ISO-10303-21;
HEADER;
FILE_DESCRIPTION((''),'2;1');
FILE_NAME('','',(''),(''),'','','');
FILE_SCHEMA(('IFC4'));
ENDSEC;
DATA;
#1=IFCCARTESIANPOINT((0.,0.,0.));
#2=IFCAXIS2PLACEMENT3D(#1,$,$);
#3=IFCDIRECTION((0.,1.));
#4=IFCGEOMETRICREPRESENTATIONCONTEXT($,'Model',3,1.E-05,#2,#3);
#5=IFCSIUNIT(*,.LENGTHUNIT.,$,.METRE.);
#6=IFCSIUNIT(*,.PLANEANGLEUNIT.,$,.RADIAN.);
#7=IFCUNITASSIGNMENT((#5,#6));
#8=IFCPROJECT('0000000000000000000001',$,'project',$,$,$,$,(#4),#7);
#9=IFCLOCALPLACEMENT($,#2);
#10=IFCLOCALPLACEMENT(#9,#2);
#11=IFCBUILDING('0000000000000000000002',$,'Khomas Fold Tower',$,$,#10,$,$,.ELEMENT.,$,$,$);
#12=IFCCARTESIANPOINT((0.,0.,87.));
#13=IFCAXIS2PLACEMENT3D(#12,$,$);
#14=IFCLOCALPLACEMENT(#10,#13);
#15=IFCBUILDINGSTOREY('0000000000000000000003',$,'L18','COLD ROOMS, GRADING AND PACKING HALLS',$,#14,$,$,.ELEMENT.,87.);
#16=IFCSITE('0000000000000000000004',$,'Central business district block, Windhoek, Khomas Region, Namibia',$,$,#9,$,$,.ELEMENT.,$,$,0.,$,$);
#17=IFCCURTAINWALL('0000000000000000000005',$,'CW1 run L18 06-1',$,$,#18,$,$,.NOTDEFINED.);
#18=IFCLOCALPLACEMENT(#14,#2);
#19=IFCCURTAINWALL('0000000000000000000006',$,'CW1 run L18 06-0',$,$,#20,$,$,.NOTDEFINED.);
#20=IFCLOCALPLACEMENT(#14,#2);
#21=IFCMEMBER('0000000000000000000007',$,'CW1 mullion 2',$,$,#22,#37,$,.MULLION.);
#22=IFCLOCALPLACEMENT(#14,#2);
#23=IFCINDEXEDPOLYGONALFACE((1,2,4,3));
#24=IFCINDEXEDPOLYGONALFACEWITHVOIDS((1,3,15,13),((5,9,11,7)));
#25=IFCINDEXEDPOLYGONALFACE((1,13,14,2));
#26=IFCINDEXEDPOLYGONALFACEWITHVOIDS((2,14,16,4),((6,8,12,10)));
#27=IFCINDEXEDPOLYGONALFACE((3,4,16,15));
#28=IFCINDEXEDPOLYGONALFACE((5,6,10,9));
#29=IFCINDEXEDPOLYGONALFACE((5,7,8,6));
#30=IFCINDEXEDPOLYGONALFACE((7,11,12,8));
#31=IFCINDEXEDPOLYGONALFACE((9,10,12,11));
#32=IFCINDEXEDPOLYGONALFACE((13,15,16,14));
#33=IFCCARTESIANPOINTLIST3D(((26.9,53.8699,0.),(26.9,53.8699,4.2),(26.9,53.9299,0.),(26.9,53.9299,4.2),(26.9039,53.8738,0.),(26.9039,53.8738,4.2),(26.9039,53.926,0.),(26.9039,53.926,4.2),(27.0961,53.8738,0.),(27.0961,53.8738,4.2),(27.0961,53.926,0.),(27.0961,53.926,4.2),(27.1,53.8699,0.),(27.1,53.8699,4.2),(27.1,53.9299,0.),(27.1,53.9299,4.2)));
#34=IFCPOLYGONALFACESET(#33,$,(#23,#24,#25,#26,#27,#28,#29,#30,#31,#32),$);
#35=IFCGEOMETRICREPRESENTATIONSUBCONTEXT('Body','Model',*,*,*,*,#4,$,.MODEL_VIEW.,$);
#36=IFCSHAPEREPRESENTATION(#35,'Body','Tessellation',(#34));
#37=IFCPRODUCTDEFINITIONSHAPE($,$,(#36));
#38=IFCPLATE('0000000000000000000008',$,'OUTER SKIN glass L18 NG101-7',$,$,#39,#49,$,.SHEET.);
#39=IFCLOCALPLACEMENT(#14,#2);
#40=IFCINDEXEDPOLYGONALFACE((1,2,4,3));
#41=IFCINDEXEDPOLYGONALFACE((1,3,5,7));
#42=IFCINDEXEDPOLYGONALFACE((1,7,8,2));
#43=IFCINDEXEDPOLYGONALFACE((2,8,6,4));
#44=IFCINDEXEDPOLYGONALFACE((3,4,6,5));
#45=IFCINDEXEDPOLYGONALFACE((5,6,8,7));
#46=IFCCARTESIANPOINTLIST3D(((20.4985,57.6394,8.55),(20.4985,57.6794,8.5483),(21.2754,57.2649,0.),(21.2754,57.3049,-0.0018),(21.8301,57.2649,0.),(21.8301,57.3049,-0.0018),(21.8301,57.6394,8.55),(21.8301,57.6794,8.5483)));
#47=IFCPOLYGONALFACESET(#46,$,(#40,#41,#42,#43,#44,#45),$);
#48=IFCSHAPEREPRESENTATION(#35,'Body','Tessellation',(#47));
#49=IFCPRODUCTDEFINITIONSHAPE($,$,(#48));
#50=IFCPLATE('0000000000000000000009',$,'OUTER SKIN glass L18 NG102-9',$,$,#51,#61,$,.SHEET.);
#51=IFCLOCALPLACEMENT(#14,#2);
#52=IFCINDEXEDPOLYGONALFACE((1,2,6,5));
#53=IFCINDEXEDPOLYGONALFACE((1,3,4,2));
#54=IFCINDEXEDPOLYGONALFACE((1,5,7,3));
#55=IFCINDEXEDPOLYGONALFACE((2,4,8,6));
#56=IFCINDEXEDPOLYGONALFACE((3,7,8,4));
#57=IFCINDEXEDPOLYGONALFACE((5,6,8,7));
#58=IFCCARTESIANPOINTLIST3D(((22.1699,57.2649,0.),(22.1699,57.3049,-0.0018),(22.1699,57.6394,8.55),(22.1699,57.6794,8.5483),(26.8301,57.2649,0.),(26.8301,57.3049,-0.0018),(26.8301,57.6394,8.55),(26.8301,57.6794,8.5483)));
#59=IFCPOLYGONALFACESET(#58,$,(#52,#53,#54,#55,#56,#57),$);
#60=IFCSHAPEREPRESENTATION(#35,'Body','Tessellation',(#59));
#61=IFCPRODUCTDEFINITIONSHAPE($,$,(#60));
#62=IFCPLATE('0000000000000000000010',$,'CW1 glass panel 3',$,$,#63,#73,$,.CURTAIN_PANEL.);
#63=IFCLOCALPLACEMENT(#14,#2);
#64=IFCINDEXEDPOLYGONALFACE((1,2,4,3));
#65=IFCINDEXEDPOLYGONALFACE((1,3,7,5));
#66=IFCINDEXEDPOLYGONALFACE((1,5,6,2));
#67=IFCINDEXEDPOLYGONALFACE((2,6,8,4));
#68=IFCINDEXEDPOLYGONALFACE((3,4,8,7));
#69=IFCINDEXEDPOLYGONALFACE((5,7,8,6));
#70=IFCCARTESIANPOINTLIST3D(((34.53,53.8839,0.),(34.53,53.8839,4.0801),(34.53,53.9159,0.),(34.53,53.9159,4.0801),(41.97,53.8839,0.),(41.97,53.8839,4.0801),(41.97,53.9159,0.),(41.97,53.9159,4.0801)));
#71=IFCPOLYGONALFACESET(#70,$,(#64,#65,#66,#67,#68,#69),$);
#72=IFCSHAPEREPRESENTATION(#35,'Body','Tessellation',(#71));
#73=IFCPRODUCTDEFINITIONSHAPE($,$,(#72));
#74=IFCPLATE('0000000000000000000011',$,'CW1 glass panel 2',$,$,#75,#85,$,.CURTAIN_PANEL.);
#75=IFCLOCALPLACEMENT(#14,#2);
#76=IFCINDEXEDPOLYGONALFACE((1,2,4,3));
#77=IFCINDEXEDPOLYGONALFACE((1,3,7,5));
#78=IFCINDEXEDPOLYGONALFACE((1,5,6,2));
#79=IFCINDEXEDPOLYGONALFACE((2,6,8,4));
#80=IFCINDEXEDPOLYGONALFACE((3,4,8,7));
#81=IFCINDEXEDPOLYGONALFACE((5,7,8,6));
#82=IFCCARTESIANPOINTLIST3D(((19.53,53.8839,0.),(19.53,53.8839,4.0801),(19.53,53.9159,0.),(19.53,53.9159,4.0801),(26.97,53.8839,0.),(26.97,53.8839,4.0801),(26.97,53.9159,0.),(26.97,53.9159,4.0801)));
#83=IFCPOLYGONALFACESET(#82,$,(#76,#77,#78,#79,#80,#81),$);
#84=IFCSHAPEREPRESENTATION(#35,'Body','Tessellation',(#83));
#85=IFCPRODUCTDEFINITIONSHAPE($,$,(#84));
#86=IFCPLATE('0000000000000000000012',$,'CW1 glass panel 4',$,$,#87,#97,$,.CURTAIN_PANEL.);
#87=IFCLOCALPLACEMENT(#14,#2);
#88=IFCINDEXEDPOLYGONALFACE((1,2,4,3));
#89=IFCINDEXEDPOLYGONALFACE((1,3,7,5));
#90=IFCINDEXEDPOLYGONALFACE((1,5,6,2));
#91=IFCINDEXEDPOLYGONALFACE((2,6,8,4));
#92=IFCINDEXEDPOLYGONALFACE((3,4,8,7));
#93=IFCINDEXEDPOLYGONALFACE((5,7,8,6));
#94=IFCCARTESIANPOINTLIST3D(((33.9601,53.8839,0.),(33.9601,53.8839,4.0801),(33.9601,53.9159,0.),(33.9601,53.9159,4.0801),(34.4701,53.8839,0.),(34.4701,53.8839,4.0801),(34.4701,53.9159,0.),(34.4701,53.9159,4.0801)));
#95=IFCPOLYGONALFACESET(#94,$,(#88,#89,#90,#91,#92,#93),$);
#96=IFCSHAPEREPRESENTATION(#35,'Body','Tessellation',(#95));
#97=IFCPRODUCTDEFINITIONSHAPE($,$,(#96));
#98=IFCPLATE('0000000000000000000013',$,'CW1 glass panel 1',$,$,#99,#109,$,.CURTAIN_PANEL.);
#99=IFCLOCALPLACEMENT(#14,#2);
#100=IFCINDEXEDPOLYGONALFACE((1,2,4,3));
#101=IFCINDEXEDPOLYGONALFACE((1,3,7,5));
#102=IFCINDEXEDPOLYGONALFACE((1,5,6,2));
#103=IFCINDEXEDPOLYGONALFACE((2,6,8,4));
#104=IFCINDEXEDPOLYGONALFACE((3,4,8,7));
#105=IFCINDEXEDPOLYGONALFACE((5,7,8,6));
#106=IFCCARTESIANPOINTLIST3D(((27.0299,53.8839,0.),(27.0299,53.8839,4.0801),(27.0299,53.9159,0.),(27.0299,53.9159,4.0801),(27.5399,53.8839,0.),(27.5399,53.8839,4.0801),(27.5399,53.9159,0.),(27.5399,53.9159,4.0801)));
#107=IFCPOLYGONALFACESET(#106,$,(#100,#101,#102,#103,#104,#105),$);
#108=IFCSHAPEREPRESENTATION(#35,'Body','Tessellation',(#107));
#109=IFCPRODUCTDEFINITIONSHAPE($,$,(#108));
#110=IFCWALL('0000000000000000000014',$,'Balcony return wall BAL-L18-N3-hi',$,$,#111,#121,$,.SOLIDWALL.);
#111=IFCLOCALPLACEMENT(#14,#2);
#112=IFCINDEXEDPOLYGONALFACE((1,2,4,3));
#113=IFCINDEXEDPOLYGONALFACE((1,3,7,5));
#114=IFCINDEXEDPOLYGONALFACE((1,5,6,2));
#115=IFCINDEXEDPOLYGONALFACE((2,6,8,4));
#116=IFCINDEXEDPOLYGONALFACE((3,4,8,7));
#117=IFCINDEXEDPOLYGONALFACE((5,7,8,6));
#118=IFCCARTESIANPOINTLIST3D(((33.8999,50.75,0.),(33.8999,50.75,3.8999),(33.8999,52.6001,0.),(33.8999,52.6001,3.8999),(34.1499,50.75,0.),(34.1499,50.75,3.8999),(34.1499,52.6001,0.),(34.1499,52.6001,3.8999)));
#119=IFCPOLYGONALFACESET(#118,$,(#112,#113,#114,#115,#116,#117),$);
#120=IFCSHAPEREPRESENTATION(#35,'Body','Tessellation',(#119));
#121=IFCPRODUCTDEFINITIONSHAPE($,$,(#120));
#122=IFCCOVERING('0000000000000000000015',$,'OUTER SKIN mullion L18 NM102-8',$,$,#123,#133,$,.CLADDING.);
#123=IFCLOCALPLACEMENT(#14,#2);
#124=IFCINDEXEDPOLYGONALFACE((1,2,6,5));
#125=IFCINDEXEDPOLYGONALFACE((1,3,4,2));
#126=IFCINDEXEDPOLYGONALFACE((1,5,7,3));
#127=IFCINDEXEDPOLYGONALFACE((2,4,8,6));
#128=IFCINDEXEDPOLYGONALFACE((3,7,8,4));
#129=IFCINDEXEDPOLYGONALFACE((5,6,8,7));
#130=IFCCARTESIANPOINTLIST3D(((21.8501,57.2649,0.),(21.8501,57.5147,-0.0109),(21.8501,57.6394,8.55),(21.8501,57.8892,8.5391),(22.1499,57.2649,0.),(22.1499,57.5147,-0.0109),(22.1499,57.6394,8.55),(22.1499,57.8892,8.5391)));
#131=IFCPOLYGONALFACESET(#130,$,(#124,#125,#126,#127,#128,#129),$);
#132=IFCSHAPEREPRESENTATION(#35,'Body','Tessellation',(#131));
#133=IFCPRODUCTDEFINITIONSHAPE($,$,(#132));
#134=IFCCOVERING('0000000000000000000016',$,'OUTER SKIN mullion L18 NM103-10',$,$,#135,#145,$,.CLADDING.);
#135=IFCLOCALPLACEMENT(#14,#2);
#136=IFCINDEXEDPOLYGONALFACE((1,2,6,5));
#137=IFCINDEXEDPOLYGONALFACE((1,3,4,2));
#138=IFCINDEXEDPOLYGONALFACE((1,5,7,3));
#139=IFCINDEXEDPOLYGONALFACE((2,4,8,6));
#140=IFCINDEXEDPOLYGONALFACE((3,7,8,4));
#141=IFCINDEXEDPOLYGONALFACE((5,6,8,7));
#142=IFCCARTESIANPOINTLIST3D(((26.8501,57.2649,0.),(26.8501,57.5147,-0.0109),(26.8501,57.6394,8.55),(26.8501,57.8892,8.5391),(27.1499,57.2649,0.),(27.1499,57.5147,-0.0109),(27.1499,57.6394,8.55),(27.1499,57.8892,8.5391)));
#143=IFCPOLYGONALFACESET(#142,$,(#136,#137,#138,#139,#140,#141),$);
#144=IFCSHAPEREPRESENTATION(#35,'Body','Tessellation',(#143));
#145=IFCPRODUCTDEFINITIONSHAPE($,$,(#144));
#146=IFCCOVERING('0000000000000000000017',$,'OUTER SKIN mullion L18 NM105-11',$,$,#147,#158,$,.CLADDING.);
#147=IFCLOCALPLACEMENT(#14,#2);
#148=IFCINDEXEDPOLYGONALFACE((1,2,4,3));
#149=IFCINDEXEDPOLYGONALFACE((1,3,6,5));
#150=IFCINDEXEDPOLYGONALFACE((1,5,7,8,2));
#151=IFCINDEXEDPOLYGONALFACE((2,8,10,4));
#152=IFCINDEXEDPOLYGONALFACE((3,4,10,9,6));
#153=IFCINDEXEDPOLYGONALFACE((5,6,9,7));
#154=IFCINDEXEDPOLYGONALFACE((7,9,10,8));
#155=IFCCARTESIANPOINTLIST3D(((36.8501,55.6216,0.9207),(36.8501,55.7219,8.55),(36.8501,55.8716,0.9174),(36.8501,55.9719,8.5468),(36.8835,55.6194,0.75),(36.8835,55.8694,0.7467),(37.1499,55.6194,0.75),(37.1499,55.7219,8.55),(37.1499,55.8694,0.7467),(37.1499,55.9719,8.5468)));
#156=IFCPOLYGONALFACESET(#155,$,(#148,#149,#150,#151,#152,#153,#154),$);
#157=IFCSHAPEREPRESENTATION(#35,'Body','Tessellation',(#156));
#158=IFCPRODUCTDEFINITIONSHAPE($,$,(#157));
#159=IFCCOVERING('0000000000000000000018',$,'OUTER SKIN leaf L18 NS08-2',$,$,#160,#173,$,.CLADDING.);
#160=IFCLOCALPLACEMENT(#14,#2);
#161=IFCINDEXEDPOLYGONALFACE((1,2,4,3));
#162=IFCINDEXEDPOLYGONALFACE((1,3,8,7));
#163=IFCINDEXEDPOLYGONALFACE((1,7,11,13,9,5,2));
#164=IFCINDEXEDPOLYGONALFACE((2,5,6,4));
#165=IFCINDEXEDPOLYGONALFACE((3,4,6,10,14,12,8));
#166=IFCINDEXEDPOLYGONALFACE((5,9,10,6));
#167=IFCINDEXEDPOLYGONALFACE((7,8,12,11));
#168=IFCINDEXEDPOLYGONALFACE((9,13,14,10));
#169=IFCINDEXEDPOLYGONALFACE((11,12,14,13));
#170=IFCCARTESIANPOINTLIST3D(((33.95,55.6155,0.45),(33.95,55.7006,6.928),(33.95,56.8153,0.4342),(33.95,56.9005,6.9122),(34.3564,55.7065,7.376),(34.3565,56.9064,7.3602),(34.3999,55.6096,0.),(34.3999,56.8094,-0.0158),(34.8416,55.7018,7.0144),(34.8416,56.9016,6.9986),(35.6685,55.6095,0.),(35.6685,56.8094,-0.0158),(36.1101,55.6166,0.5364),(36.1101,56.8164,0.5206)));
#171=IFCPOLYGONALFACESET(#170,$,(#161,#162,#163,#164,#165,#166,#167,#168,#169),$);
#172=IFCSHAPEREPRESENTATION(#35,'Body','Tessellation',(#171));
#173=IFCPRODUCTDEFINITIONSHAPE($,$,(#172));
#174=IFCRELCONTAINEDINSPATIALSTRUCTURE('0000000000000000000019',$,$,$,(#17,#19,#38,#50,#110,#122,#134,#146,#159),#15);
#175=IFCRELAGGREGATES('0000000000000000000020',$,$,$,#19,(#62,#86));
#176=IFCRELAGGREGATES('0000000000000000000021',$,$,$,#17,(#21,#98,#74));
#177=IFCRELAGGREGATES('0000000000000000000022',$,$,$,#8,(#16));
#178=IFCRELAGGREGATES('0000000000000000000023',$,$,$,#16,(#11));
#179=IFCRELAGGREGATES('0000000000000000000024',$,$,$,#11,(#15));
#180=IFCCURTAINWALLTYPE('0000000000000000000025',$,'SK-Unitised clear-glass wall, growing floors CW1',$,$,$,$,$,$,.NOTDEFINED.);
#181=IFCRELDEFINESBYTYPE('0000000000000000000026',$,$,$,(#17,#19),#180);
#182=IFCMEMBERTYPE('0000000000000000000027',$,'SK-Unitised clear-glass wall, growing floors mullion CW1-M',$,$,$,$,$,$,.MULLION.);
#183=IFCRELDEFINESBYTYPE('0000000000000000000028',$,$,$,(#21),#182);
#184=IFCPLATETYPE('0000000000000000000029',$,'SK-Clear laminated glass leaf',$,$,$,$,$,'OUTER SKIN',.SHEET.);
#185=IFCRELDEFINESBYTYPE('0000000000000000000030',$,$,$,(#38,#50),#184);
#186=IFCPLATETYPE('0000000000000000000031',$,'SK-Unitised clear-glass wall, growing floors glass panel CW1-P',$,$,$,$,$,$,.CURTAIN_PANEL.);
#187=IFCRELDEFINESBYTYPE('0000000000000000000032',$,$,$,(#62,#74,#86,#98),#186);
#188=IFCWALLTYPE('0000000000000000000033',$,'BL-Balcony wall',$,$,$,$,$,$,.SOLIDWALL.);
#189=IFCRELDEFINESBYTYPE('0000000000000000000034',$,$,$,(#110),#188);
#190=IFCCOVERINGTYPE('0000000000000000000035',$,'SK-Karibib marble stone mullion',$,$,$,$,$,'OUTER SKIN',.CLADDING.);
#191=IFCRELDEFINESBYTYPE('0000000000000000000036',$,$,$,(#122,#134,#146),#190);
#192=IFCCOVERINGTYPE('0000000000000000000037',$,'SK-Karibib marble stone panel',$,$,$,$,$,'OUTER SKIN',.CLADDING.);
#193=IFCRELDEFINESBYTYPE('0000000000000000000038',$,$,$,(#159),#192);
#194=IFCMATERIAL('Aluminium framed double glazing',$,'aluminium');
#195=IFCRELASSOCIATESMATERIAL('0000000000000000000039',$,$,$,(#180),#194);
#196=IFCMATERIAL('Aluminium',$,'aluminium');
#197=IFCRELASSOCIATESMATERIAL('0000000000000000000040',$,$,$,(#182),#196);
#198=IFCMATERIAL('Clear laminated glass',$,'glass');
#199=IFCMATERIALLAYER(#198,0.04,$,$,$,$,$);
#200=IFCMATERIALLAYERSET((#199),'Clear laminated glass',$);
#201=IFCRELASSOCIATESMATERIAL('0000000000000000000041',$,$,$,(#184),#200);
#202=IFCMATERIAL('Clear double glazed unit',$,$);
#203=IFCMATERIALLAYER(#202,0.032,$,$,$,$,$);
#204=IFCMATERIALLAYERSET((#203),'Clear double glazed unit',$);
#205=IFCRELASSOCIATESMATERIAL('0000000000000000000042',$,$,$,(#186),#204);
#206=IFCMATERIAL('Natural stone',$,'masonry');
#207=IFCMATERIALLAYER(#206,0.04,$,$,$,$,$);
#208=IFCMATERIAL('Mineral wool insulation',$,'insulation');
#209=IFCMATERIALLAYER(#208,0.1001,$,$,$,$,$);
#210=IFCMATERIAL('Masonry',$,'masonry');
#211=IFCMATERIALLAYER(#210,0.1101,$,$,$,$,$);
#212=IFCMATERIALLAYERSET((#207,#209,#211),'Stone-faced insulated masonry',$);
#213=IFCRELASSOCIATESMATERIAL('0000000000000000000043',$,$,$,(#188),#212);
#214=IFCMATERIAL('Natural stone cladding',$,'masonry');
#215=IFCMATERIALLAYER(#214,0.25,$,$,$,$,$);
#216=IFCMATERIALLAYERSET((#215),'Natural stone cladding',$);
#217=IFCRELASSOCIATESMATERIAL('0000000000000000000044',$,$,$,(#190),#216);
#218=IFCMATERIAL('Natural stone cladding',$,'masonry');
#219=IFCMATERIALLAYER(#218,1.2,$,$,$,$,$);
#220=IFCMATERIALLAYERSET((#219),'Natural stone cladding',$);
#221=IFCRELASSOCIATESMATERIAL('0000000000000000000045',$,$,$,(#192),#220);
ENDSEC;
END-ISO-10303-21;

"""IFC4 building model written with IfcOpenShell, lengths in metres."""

from ifc_helpers import new_model, si_unit, direction, frame, frame_2d, origin, origin_2d, place, context, subcontext, project, spatial, polyline, rectangle, hollow_rectangle, outline, extrude, source, transform, mapped, material, layer, layer_set, material_profile, profile_set, type_object, element, aggregate, save


model = new_model("IFC4")

# Units and contexts
model_context = context("Model", 3, precision=1e-05, world=origin(), true_north=direction((0.0, 1.0)))
body_context = subcontext(model_context, "Body", "Model", "MODEL_VIEW")
ifc_project = project(units=[si_unit("LENGTHUNIT", "METRE"), si_unit("PLANEANGLEUNIT", "RADIAN")], contexts=[model_context])

# Site, building, storey
site_placement = place(None, origin())
site = spatial("IfcSite", under=ifc_project, at=site_placement, Name="Central business district block, Windhoek, Khomas Region, Namibia", CompositionType="ELEMENT", RefElevation=0.0)
building_placement = place(site_placement, origin())
building = spatial("IfcBuilding", under=site, at=building_placement, Name="Khomas Fold Tower", CompositionType="ELEMENT")
storey_placement = place(building_placement, frame((0.0, 0.0, 87.0)))
storey = spatial("IfcBuildingStorey", under=building, at=storey_placement, Name="L18", Description="COLD ROOMS, GRADING AND PACKING HALLS", CompositionType="ELEMENT", Elevation=87.0)

# Curtain walls
ifc_material_1 = material(Name="Aluminium framed double glazing", Category="aluminium")
curtain_wall_type = type_object("IfcCurtainWallType", Name="SK-Unitised clear-glass wall, growing floors CW1", PredefinedType="NOTDEFINED", material=ifc_material_1)
curtain_wall_1_placement = place(storey_placement, origin())
curtain_wall_1 = element("IfcCurtainWall", 1, at=curtain_wall_1_placement, inside=storey, type_object=curtain_wall_type, Name="CW1 run L18 06-1", PredefinedType="NOTDEFINED")
curtain_wall_2_placement = place(storey_placement, origin())
curtain_wall_2 = element("IfcCurtainWall", 2, at=curtain_wall_2_placement, inside=storey, type_object=curtain_wall_type, Name="CW1 run L18 06-0", PredefinedType="NOTDEFINED")

# Member
ifc_material_2 = material(Name="Aluminium", Category="aluminium")
ifc_material_profile_1 = material_profile(ifc_material_2, hollow_rectangle(XDim=0.0601, YDim=0.2, WallThickness=0.0039, at=origin_2d()), Name="SK-Unitised clear-glass wall, growing floors mullion CW1-M")
ifc_profile_set_1 = profile_set([ifc_material_profile_1], Name="Aluminium")
member_type_1 = type_object("IfcMemberType", Name="SK-Unitised clear-glass wall, growing floors mullion CW1-M", PredefinedType="MULLION", material=ifc_profile_set_1)
shared_shape_1 = source(origin(), body_context, "Body", "SweptSolid", [
    extrude(hollow_rectangle(XDim=0.0601, YDim=0.2, WallThickness=0.0039, at=origin_2d()), origin(), (0.0, 0.0, 1.0), 4.2),
])
member_1_placement = place(storey_placement, frame((27.0, 53.8999, 0.0), z_axis=(0.0, 0.0, 1.0), x_axis=(0.0, -1.0, 0.0)))
member_1 = element("IfcMember", 3, at=member_1_placement, type_object=member_type_1, Name="CW1 mullion 2", PredefinedType="MULLION", context=body_context, shape_type="MappedRepresentation", body=[
    mapped(shared_shape_1, transform((0.0, 0.0, 0.0))),
])

# Plates
ifc_material_3 = material(Name="Clear laminated glass", Category="glass")
ifc_layer_1 = layer(ifc_material_3, 0.04)
ifc_layer_set_1 = layer_set([ifc_layer_1], Name="Clear laminated glass")
plate_type_1 = type_object("IfcPlateType", Name="SK-Clear laminated glass leaf", ElementType="OUTER SKIN", PredefinedType="SHEET", material=ifc_layer_set_1)
plate_1_placement = place(storey_placement, frame((21.2754, 57.2649, 0.0), z_axis=(0.0, -0.999042, 0.04376), x_axis=(-0.090401, 0.043581, 0.994951)))
element("IfcPlate", 4, at=plate_1_placement, inside=storey, type_object=plate_type_1, Name="OUTER SKIN glass L18 NG101-7", PredefinedType="SHEET", context=body_context, shape_type="SweptSolid", body=[
    extrude(outline(polyline([(0.0, 0.0), (8.5934, 0.0), (8.4731, -1.3261), (-0.0501, -0.5524), (0.0, 0.0)])), origin(), (0.0, 0.0, -1.0), 0.04),
])
plate_2_placement = place(storey_placement, frame((22.1699, 57.2649, 0.0), z_axis=(0.0, -0.999042, 0.04376), x_axis=(0.0, 0.04376, 0.999042)))
element("IfcPlate", 5, at=plate_2_placement, inside=storey, type_object=plate_type_1, Name="OUTER SKIN glass L18 NG102-9", PredefinedType="SHEET", context=body_context, shape_type="SweptSolid", body=[
    extrude(outline(polyline([(0.0, 0.0), (8.5582, 0.0), (8.5582, -4.6602), (0.0, -4.6602), (0.0, 0.0)])), origin(), (0.0, 0.0, -1.0), 0.04),
])

# Plates
ifc_material_4 = material(Name="Clear double glazed unit")
ifc_layer_2 = layer(ifc_material_4, 0.032)
ifc_layer_set_2 = layer_set([ifc_layer_2], Name="Clear double glazed unit")
plate_type_2 = type_object("IfcPlateType", Name="SK-Unitised clear-glass wall, growing floors glass panel CW1-P", PredefinedType="CURTAIN_PANEL", material=ifc_layer_set_2)
shared_shape_2 = source(origin(), body_context, "Body", "SweptSolid", [
    extrude(rectangle(XDim=7.4399, YDim=0.032, at=origin_2d()), origin(), (0.0, 0.0, 1.0), 4.0801),
])
plate_3_placement = place(storey_placement, frame((38.25, 53.8999, 0.0), z_axis=(0.0, 0.0, 1.0), x_axis=(-1.0, 0.0, 0.0)))
plate_3 = element("IfcPlate", 6, at=plate_3_placement, type_object=plate_type_2, Name="CW1 glass panel 3", PredefinedType="CURTAIN_PANEL", context=body_context, shape_type="MappedRepresentation", body=[
    mapped(shared_shape_2, transform((0.0, 0.0, 0.0))),
])
plate_4_placement = place(storey_placement, frame((23.25, 53.8999, 0.0), z_axis=(0.0, 0.0, 1.0), x_axis=(-1.0, 0.0, 0.0)))
plate_4 = element("IfcPlate", 7, at=plate_4_placement, type_object=plate_type_2, Name="CW1 glass panel 2", PredefinedType="CURTAIN_PANEL", context=body_context, shape_type="MappedRepresentation", body=[
    mapped(shared_shape_2, transform((0.0, 0.0, 0.0))),
])
shared_shape_3 = source(origin(), body_context, "Body", "SweptSolid", [
    extrude(rectangle(XDim=0.51, YDim=0.032, at=origin_2d()), origin(), (0.0, 0.0, 1.0), 4.0801),
])
plate_5_placement = place(storey_placement, frame((34.2151, 53.8999, 0.0), z_axis=(0.0, 0.0, 1.0), x_axis=(-1.0, 0.0, 0.0)))
plate_5 = element("IfcPlate", 8, at=plate_5_placement, type_object=plate_type_2, Name="CW1 glass panel 4", PredefinedType="CURTAIN_PANEL", context=body_context, shape_type="MappedRepresentation", body=[
    mapped(shared_shape_3, transform((0.0, 0.0, 0.0))),
])
aggregate(curtain_wall_2, [plate_3, plate_5])
plate_6_placement = place(storey_placement, frame((27.2849, 53.8999, 0.0), z_axis=(0.0, 0.0, 1.0), x_axis=(-1.0, 0.0, 0.0)))
plate_6 = element("IfcPlate", 9, at=plate_6_placement, type_object=plate_type_2, Name="CW1 glass panel 1", PredefinedType="CURTAIN_PANEL", context=body_context, shape_type="MappedRepresentation", body=[
    mapped(shared_shape_3, transform((0.0, 0.0, 0.0))),
])
aggregate(curtain_wall_1, [member_1, plate_6, plate_4])

# Wall
ifc_material_5 = material(Name="Natural stone", Category="masonry")
ifc_layer_3 = layer(ifc_material_5, 0.04)
ifc_material_6 = material(Name="Mineral wool insulation", Category="insulation")
ifc_layer_4 = layer(ifc_material_6, 0.1001)
ifc_material_7 = material(Name="Masonry", Category="masonry")
ifc_layer_5 = layer(ifc_material_7, 0.1101)
ifc_layer_set_3 = layer_set([ifc_layer_3, ifc_layer_4, ifc_layer_5], Name="Stone-faced insulated masonry")
wall_type = type_object("IfcWallType", Name="BL-Balcony wall", PredefinedType="SOLIDWALL", material=ifc_layer_set_3)
shared_shape_4 = source(origin(), body_context, "Body", "SweptSolid", [
    extrude(rectangle(XDim=1.8501, YDim=0.25, at=frame_2d((0.925, 0.0))), origin(), (0.0, 0.0, 1.0), 3.8999),
])
wall_placement = place(storey_placement, frame((34.0249, 52.6001, 0.0), z_axis=(0.0, 0.0, 1.0), x_axis=(0.0, -1.0, 0.0)))
element("IfcWall", 10, at=wall_placement, inside=storey, type_object=wall_type, Name="Balcony return wall BAL-L18-N3-hi", PredefinedType="SOLIDWALL", context=body_context, shape_type="MappedRepresentation", body=[
    mapped(shared_shape_4, transform((0.0, 0.0, 0.0))),
])

# Coverings
ifc_material_8 = material(Name="Natural stone cladding", Category="masonry")
ifc_layer_6 = layer(ifc_material_8, 0.25)
ifc_layer_set_4 = layer_set([ifc_layer_6], Name="Natural stone cladding")
covering_type_1 = type_object("IfcCoveringType", Name="SK-Karibib marble stone mullion", ElementType="OUTER SKIN", PredefinedType="CLADDING", material=ifc_layer_set_4)
for number, where, z_axis, x_axis, name in (
    (11, (21.8501, 57.2649, 0.0), (0.0, -0.999042, 0.04376), (0.0, 0.04376, 0.999042), "OUTER SKIN mullion L18 NM102-8"),
    (12, (26.8501, 57.2649, 0.0), (0.0, -0.999042, 0.04376), (0.0, 0.04376, 0.999042), "OUTER SKIN mullion L18 NM103-10"),
):
    element("IfcCovering", number, at=place(storey_placement, frame(where, z_axis=z_axis, x_axis=x_axis)), inside=storey, type_object=covering_type_1, Name=name, PredefinedType="CLADDING", context=body_context, shape_type="SweptSolid", body=[
        extrude(outline(polyline([(0.0, 0.0), (8.5582, 0.0), (8.5582, -0.2998), (0.0, -0.2998), (0.0, 0.0)])), origin(), (0.0, 0.0, -1.0), 0.25),
    ])
covering_1_placement = place(storey_placement, frame((36.8501, 55.7219, 8.55), z_axis=(0.000077, -0.999914, 0.013145), x_axis=(1.0, 0.000077, -0.000001)))
element("IfcCovering", 13, at=covering_1_placement, inside=storey, type_object=covering_type_1, Name="OUTER SKIN mullion L18 NM105-11", PredefinedType="CLADDING", context=body_context, shape_type="SweptSolid", body=[
    extrude(outline(polyline([(0.0, 0.0), (0.2998, 0.0), (0.2998, -7.8007), (0.0334, -7.8007), (0.0, -7.6301), (0.0, 0.0)])), origin(), (0.0, 0.0, -1.0), 0.25),
])
ifc_material_9 = material(Name="Natural stone cladding", Category="masonry")
ifc_layer_7 = layer(ifc_material_9, 1.2)
ifc_layer_set_5 = layer_set([ifc_layer_7], Name="Natural stone cladding")
covering_type_2 = type_object("IfcCoveringType", Name="SK-Karibib marble stone panel", ElementType="OUTER SKIN", PredefinedType="CLADDING", material=ifc_layer_set_5)
covering_2_placement = place(storey_placement, frame((33.95, 55.6155, 0.45), z_axis=(-0.000024, -0.999914, 0.013146), x_axis=(0.0, 0.013146, 0.999914)))
element("IfcCovering", 14, at=covering_2_placement, inside=storey, type_object=covering_type_2, Name="OUTER SKIN leaf L18 NS08-2", PredefinedType="CLADDING", context=body_context, shape_type="SweptSolid", body=[
    extrude(outline(polyline([(0.0, 0.0), (6.4786, 0.0), (6.9266, -0.4065), (6.565, -0.8916), (0.0864, -2.1602), (-0.45, -1.7185), (-0.45, -0.45), (0.0, 0.0)])), origin(), (0.0, 0.0, -1.0), 1.2),
])

save(model, "model.ifc")
